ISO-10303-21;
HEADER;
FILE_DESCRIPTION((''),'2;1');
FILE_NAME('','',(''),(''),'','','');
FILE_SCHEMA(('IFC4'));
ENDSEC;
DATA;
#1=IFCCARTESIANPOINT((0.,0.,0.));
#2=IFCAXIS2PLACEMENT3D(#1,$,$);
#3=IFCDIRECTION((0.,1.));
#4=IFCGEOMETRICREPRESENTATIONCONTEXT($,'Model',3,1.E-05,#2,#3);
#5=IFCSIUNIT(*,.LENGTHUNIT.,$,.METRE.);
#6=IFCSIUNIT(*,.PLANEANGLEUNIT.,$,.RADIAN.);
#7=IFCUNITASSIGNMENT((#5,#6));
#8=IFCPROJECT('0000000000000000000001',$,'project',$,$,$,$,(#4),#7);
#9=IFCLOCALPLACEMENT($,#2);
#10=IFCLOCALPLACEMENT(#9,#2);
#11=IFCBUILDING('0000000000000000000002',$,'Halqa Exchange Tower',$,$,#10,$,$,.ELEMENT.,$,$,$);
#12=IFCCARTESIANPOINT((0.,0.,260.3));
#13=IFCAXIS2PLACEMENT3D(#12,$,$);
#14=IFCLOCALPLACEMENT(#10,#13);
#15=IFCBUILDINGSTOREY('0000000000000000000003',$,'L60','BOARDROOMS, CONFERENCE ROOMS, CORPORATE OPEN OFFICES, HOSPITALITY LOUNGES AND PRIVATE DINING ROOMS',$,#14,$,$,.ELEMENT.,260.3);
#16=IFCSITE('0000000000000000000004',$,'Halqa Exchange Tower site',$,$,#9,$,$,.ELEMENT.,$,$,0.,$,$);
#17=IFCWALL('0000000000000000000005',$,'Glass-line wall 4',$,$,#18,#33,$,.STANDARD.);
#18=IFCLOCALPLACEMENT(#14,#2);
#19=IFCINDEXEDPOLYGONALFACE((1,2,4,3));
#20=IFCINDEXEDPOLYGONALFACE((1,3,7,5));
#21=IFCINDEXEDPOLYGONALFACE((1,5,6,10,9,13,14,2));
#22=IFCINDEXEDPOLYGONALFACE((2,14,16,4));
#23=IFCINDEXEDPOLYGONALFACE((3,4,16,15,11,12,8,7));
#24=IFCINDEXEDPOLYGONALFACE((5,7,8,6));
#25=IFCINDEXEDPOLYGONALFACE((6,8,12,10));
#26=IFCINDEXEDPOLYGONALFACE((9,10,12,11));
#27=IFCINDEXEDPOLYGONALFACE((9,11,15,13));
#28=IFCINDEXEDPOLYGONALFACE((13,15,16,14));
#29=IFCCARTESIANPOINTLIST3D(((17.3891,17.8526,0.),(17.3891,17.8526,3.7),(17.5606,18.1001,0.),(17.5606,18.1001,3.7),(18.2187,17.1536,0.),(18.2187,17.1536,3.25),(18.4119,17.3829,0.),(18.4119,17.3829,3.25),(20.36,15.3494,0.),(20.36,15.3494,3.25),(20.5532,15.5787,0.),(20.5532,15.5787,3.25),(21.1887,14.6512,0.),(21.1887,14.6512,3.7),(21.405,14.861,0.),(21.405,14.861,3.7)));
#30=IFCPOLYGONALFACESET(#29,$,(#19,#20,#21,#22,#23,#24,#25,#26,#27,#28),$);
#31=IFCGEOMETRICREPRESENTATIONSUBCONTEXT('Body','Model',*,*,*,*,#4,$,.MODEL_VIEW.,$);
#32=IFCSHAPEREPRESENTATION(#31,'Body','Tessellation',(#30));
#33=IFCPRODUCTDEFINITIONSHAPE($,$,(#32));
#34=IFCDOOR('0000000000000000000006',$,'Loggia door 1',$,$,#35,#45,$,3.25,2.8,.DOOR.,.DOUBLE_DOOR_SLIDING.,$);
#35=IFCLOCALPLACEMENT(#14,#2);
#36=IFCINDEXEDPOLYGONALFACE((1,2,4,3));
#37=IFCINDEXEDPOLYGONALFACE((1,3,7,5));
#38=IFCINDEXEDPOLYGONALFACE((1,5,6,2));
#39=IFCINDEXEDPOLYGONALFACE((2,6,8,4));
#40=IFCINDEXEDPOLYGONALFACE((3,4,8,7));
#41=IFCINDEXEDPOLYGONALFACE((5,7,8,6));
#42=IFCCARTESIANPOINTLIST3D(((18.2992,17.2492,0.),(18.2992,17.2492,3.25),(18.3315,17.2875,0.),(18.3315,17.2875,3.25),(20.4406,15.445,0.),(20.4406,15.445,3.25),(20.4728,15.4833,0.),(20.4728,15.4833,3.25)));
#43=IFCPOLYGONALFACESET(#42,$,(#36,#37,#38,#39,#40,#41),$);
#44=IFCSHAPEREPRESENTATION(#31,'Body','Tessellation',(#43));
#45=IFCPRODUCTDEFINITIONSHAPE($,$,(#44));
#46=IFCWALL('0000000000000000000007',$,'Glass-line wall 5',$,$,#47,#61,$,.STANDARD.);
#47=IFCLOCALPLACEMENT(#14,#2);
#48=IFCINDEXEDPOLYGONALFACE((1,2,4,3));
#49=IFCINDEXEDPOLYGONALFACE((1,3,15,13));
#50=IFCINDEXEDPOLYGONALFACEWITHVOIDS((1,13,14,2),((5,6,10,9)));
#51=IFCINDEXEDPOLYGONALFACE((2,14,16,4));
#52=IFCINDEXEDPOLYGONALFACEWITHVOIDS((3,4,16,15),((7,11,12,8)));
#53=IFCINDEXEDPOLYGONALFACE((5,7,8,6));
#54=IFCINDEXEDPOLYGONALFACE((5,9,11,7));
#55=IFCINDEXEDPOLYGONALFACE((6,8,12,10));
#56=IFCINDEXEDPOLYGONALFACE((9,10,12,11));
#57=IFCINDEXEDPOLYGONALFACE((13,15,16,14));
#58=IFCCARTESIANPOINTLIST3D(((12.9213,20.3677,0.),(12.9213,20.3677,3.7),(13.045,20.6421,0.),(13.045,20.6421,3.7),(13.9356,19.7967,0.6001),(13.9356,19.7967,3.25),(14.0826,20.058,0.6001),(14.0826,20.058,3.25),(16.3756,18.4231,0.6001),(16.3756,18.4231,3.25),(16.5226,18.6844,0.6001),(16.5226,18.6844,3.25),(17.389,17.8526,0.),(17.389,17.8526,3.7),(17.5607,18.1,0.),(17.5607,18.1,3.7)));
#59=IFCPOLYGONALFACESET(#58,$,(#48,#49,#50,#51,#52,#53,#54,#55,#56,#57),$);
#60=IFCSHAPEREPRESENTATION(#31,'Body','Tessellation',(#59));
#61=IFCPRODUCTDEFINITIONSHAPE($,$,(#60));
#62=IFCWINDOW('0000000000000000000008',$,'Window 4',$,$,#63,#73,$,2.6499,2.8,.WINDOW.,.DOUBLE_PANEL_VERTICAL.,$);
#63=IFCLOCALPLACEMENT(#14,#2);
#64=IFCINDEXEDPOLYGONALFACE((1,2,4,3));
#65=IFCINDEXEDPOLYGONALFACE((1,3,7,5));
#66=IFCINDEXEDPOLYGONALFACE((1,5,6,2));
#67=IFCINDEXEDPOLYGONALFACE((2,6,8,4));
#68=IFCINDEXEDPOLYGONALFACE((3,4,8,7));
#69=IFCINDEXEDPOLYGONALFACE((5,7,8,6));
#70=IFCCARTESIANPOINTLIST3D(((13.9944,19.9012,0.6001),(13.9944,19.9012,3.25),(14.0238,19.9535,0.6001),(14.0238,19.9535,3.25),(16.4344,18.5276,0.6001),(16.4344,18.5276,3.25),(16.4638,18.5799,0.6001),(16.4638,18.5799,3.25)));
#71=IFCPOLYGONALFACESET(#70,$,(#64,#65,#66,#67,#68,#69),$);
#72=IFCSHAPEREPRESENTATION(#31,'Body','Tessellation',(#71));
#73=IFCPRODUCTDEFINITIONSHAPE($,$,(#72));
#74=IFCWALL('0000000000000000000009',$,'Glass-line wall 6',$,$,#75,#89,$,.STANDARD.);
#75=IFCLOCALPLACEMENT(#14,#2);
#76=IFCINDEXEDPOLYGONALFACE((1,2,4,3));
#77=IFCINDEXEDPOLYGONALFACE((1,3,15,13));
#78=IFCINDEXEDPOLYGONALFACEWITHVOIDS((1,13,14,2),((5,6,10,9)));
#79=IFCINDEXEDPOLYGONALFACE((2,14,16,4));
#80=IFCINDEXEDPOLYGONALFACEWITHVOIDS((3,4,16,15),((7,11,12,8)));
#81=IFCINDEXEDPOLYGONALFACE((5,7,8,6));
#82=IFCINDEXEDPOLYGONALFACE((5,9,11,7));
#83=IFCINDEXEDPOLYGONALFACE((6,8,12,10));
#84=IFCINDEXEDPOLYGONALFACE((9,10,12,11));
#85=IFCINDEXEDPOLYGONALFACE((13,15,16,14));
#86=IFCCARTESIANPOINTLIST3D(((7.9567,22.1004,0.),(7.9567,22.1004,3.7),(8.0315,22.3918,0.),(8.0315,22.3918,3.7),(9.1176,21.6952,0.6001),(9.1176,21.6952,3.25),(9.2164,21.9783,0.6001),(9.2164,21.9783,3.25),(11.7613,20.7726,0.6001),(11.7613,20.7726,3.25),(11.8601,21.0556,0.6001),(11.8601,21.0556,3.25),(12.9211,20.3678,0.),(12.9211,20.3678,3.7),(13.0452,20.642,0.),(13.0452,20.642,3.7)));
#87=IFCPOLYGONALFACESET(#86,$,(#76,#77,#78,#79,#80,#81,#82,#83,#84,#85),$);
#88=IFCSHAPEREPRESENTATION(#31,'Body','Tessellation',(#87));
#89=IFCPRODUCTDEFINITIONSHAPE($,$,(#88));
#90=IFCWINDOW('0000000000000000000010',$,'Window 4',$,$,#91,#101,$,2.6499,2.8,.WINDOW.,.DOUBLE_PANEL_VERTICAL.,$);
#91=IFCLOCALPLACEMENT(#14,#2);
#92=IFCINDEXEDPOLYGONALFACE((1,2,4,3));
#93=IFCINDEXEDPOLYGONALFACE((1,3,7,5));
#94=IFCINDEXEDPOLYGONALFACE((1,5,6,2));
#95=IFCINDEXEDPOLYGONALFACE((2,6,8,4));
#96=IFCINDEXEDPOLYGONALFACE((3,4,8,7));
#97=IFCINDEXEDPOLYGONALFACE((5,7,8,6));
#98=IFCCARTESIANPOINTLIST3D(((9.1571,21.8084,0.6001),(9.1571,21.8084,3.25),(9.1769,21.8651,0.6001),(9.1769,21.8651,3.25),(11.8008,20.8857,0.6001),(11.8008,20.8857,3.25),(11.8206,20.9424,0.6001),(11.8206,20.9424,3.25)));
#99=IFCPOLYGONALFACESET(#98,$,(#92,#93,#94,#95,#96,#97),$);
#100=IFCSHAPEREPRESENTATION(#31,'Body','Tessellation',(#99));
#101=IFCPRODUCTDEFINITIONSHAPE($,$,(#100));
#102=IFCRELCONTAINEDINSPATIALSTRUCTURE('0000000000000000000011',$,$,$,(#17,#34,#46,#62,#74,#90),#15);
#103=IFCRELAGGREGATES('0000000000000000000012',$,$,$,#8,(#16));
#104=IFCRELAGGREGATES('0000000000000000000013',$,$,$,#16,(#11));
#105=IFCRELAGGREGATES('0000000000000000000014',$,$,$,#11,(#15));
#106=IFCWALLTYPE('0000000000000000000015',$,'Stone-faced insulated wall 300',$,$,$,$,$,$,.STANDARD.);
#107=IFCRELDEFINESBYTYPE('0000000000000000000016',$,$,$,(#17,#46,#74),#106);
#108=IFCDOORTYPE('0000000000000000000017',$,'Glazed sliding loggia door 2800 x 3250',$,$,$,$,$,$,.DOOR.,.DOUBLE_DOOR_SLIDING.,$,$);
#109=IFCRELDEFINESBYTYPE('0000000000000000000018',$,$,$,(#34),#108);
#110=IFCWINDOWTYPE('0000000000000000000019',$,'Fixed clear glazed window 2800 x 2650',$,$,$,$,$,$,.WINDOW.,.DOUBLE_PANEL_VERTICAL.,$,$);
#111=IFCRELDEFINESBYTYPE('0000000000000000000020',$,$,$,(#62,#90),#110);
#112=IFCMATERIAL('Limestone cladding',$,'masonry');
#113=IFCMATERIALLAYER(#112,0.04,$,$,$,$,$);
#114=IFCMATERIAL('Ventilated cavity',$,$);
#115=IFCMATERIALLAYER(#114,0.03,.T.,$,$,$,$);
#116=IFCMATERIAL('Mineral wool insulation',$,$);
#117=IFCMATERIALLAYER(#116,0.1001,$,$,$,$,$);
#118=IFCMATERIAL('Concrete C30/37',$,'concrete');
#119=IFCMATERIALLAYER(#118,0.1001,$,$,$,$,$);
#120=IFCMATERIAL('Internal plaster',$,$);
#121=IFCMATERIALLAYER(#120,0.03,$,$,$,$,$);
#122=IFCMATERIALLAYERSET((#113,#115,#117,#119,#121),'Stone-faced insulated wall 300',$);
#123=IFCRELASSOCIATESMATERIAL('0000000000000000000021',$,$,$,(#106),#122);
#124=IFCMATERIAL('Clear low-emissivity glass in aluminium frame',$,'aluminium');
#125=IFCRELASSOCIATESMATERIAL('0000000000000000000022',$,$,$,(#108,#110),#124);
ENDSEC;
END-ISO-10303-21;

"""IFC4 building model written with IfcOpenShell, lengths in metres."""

from ifc_helpers import new_model, si_unit, direction, frame, frame_2d, origin, place, context, subcontext, project, spatial, polyline, rectangle, outline, extrude, material, layer, layer_set, type_object, element, fill, save


model = new_model("IFC4")

# Units and contexts
model_context = context("Model", 3, precision=1e-05, world=origin(), true_north=direction((0.0, 1.0)))
body_context = subcontext(model_context, "Body", "Model", "MODEL_VIEW")
ifc_project = project(units=[si_unit("LENGTHUNIT", "METRE"), si_unit("PLANEANGLEUNIT", "RADIAN")], contexts=[model_context])

# Site, building, storey
site_placement = place(None, origin())
site = spatial("IfcSite", under=ifc_project, at=site_placement, Name="Halqa Exchange Tower site", CompositionType="ELEMENT", RefElevation=0.0)
building_placement = place(site_placement, origin())
building = spatial("IfcBuilding", under=site, at=building_placement, Name="Halqa Exchange Tower", CompositionType="ELEMENT")
storey_placement = place(building_placement, frame((0.0, 0.0, 260.3)))
storey = spatial("IfcBuildingStorey", under=building, at=storey_placement, Name="L60", Description="BOARDROOMS, CONFERENCE ROOMS, CORPORATE OPEN OFFICES, HOSPITALITY LOUNGES AND PRIVATE DINING ROOMS", CompositionType="ELEMENT", Elevation=260.3)

# Wall, opening, door
ifc_material_1 = material(Name="Limestone cladding", Category="masonry")
ifc_layer_1 = layer(ifc_material_1, 0.04)
ifc_material_2 = material(Name="Ventilated cavity")
ifc_layer_2 = layer(ifc_material_2, 0.03, ventilated=True)
ifc_material_3 = material(Name="Mineral wool insulation")
ifc_layer_3 = layer(ifc_material_3, 0.1001)
ifc_material_4 = material(Name="Concrete C30/37", Category="concrete")
ifc_layer_4 = layer(ifc_material_4, 0.1001)
ifc_material_5 = material(Name="Internal plaster")
ifc_layer_5 = layer(ifc_material_5, 0.03)
ifc_layer_set_1 = layer_set([ifc_layer_1, ifc_layer_2, ifc_layer_3, ifc_layer_4, ifc_layer_5], Name="Stone-faced insulated wall 300")
wall_type_1 = type_object("IfcWallType", Name="Stone-faced insulated wall 300", PredefinedType="STANDARD", material=ifc_layer_set_1)
wall_1_placement = place(storey_placement, frame((21.2969, 14.7561, 0.0), z_axis=(0.0, 0.0, 1.0), x_axis=(-0.764746, 0.644331, 0.0)))
wall_1 = element("IfcWall", 1, at=wall_1_placement, inside=storey, type_object=wall_type_1, Name="Glass-line wall 4", PredefinedType="STANDARD", context=body_context, shape_type="SweptSolid", body=[
    extrude(outline(polyline([(-0.0151, -0.1499), (5.012, -0.1499), (4.9836, 0.1499), (0.0151, 0.1499), (-0.0151, -0.1499)])), origin(), (0.0, 0.0, 1.0), 3.7),
])
opening_1_placement = place(wall_1_placement, frame((1.0989, 0.0, 0.0)))
opening_1 = element("IfcOpeningElement", 2, at=opening_1_placement, cuts=wall_1, PredefinedType="OPENING", context=body_context, shape_type="SweptSolid", body=[
    extrude(rectangle(XDim=2.8, YDim=3.25, at=frame_2d((1.3999, 1.625))), frame((0.0, 0.1621, 0.0), z_axis=(0.0, -1.0, 0.0), x_axis=(1.0, 0.0, 0.0)), (0.0, 0.0, 1.0), 0.324),
])
ifc_material_6 = material(Name="Clear low-emissivity glass in aluminium frame", Category="aluminium")
door_type = type_object("IfcDoorType", Name="Glazed sliding loggia door 2800 x 3250", OperationType="DOUBLE_DOOR_SLIDING", PredefinedType="DOOR", material=ifc_material_6)
door_placement = place(opening_1_placement, origin())
door = element("IfcDoor", 3, at=door_placement, inside=storey, type_object=door_type, Name="Loggia door 1", OperationType="DOUBLE_DOOR_SLIDING", OverallHeight=3.25, OverallWidth=2.8, PredefinedType="DOOR", context=body_context, shape_type="SweptSolid", body=[
    extrude(rectangle(XDim=2.8, YDim=3.25, at=frame_2d((1.3999, 1.625))), frame((0.0, 0.0249, 0.0), z_axis=(0.0, -1.0, 0.0), x_axis=(1.0, 0.0, 0.0)), (0.0, 0.0, 1.0), 0.05),
])
fill(opening_1, door)

# Walls, openings, windows
wall_2_placement = place(storey_placement, frame((17.4749, 17.9763, 0.0), z_axis=(0.0, 0.0, 1.0), x_axis=(-0.871411, 0.490554, 0.0)))
wall_2 = element("IfcWall", 4, at=wall_2_placement, inside=storey, type_object=wall_type_1, Name="Glass-line wall 5", PredefinedType="STANDARD", context=body_context, shape_type="SweptSolid", body=[
    extrude(outline(polyline([(-0.0142, -0.1499), (5.168, -0.1499), (5.1411, 0.1499), (0.0142, 0.1499), (-0.0142, -0.1499)])), origin(), (0.0, 0.0, 1.0), 3.7),
])
opening_2_placement = place(wall_2_placement, frame((1.1772, 0.0, 0.6001)))
opening_2 = element("IfcOpeningElement", 5, at=opening_2_placement, cuts=wall_2, PredefinedType="OPENING", context=body_context, shape_type="SweptSolid", body=[
    extrude(rectangle(XDim=2.8, YDim=2.6499, at=frame_2d((1.3999, 1.325))), frame((0.0, 0.1621, 0.0), z_axis=(0.0, -1.0, 0.0), x_axis=(1.0, 0.0, 0.0)), (0.0, 0.0, 1.0), 0.324),
])
window_type = type_object("IfcWindowType", Name="Fixed clear glazed window 2800 x 2650", PartitioningType="DOUBLE_PANEL_VERTICAL", PredefinedType="WINDOW", material=ifc_material_6)
window_1_placement = place(opening_2_placement, origin())
window_1 = element("IfcWindow", 6, at=window_1_placement, inside=storey, type_object=window_type, Name="Window 4", OverallHeight=2.6499, OverallWidth=2.8, PartitioningType="DOUBLE_PANEL_VERTICAL", PredefinedType="WINDOW", context=body_context, shape_type="SweptSolid", body=[
    extrude(rectangle(XDim=2.8, YDim=2.6499, at=frame_2d((1.3999, 1.325))), frame((0.0, 0.03, 0.0), z_axis=(0.0, -1.0, 0.0), x_axis=(1.0, 0.0, 0.0)), (0.0, 0.0, 1.0), 0.0601),
])
fill(opening_2, window_1)
wall_3_placement = place(storey_placement, frame((12.9832, 20.5049, 0.0), z_axis=(0.0, 0.0, 1.0), x_axis=(-0.94415, 0.329517, 0.0)))
wall_3 = element("IfcWall", 7, at=wall_3_placement, inside=storey, type_object=wall_type_1, Name="Glass-line wall 6", PredefinedType="STANDARD", context=body_context, shape_type="SweptSolid", body=[
    extrude(outline(polyline([(-0.0134, -0.1499), (5.2969, -0.1499), (5.2715, 0.1499), (0.0134, 0.1499), (-0.0134, -0.1499)])), origin(), (0.0, 0.0, 1.0), 3.7),
])
opening_3_placement = place(wall_3_placement, frame((1.2419, 0.0, 0.6001)))
opening_3 = element("IfcOpeningElement", 8, at=opening_3_placement, cuts=wall_3, PredefinedType="OPENING", context=body_context, shape_type="SweptSolid", body=[
    extrude(rectangle(XDim=2.8, YDim=2.6499, at=frame_2d((1.3999, 1.325))), frame((0.0, 0.1621, 0.0), z_axis=(0.0, -1.0, 0.0), x_axis=(1.0, 0.0, 0.0)), (0.0, 0.0, 1.0), 0.324),
])
window_2_placement = place(opening_3_placement, origin())
window_2 = element("IfcWindow", 9, at=window_2_placement, inside=storey, type_object=window_type, Name="Window 4", OverallHeight=2.6499, OverallWidth=2.8, PartitioningType="DOUBLE_PANEL_VERTICAL", PredefinedType="WINDOW", context=body_context, shape_type="SweptSolid", body=[
    extrude(rectangle(XDim=2.8, YDim=2.6499, at=frame_2d((1.3999, 1.325))), frame((0.0, 0.03, 0.0), z_axis=(0.0, -1.0, 0.0), x_axis=(1.0, 0.0, 0.0)), (0.0, 0.0, 1.0), 0.0601),
])
fill(opening_3, window_2)

save(model, "model.ifc")
